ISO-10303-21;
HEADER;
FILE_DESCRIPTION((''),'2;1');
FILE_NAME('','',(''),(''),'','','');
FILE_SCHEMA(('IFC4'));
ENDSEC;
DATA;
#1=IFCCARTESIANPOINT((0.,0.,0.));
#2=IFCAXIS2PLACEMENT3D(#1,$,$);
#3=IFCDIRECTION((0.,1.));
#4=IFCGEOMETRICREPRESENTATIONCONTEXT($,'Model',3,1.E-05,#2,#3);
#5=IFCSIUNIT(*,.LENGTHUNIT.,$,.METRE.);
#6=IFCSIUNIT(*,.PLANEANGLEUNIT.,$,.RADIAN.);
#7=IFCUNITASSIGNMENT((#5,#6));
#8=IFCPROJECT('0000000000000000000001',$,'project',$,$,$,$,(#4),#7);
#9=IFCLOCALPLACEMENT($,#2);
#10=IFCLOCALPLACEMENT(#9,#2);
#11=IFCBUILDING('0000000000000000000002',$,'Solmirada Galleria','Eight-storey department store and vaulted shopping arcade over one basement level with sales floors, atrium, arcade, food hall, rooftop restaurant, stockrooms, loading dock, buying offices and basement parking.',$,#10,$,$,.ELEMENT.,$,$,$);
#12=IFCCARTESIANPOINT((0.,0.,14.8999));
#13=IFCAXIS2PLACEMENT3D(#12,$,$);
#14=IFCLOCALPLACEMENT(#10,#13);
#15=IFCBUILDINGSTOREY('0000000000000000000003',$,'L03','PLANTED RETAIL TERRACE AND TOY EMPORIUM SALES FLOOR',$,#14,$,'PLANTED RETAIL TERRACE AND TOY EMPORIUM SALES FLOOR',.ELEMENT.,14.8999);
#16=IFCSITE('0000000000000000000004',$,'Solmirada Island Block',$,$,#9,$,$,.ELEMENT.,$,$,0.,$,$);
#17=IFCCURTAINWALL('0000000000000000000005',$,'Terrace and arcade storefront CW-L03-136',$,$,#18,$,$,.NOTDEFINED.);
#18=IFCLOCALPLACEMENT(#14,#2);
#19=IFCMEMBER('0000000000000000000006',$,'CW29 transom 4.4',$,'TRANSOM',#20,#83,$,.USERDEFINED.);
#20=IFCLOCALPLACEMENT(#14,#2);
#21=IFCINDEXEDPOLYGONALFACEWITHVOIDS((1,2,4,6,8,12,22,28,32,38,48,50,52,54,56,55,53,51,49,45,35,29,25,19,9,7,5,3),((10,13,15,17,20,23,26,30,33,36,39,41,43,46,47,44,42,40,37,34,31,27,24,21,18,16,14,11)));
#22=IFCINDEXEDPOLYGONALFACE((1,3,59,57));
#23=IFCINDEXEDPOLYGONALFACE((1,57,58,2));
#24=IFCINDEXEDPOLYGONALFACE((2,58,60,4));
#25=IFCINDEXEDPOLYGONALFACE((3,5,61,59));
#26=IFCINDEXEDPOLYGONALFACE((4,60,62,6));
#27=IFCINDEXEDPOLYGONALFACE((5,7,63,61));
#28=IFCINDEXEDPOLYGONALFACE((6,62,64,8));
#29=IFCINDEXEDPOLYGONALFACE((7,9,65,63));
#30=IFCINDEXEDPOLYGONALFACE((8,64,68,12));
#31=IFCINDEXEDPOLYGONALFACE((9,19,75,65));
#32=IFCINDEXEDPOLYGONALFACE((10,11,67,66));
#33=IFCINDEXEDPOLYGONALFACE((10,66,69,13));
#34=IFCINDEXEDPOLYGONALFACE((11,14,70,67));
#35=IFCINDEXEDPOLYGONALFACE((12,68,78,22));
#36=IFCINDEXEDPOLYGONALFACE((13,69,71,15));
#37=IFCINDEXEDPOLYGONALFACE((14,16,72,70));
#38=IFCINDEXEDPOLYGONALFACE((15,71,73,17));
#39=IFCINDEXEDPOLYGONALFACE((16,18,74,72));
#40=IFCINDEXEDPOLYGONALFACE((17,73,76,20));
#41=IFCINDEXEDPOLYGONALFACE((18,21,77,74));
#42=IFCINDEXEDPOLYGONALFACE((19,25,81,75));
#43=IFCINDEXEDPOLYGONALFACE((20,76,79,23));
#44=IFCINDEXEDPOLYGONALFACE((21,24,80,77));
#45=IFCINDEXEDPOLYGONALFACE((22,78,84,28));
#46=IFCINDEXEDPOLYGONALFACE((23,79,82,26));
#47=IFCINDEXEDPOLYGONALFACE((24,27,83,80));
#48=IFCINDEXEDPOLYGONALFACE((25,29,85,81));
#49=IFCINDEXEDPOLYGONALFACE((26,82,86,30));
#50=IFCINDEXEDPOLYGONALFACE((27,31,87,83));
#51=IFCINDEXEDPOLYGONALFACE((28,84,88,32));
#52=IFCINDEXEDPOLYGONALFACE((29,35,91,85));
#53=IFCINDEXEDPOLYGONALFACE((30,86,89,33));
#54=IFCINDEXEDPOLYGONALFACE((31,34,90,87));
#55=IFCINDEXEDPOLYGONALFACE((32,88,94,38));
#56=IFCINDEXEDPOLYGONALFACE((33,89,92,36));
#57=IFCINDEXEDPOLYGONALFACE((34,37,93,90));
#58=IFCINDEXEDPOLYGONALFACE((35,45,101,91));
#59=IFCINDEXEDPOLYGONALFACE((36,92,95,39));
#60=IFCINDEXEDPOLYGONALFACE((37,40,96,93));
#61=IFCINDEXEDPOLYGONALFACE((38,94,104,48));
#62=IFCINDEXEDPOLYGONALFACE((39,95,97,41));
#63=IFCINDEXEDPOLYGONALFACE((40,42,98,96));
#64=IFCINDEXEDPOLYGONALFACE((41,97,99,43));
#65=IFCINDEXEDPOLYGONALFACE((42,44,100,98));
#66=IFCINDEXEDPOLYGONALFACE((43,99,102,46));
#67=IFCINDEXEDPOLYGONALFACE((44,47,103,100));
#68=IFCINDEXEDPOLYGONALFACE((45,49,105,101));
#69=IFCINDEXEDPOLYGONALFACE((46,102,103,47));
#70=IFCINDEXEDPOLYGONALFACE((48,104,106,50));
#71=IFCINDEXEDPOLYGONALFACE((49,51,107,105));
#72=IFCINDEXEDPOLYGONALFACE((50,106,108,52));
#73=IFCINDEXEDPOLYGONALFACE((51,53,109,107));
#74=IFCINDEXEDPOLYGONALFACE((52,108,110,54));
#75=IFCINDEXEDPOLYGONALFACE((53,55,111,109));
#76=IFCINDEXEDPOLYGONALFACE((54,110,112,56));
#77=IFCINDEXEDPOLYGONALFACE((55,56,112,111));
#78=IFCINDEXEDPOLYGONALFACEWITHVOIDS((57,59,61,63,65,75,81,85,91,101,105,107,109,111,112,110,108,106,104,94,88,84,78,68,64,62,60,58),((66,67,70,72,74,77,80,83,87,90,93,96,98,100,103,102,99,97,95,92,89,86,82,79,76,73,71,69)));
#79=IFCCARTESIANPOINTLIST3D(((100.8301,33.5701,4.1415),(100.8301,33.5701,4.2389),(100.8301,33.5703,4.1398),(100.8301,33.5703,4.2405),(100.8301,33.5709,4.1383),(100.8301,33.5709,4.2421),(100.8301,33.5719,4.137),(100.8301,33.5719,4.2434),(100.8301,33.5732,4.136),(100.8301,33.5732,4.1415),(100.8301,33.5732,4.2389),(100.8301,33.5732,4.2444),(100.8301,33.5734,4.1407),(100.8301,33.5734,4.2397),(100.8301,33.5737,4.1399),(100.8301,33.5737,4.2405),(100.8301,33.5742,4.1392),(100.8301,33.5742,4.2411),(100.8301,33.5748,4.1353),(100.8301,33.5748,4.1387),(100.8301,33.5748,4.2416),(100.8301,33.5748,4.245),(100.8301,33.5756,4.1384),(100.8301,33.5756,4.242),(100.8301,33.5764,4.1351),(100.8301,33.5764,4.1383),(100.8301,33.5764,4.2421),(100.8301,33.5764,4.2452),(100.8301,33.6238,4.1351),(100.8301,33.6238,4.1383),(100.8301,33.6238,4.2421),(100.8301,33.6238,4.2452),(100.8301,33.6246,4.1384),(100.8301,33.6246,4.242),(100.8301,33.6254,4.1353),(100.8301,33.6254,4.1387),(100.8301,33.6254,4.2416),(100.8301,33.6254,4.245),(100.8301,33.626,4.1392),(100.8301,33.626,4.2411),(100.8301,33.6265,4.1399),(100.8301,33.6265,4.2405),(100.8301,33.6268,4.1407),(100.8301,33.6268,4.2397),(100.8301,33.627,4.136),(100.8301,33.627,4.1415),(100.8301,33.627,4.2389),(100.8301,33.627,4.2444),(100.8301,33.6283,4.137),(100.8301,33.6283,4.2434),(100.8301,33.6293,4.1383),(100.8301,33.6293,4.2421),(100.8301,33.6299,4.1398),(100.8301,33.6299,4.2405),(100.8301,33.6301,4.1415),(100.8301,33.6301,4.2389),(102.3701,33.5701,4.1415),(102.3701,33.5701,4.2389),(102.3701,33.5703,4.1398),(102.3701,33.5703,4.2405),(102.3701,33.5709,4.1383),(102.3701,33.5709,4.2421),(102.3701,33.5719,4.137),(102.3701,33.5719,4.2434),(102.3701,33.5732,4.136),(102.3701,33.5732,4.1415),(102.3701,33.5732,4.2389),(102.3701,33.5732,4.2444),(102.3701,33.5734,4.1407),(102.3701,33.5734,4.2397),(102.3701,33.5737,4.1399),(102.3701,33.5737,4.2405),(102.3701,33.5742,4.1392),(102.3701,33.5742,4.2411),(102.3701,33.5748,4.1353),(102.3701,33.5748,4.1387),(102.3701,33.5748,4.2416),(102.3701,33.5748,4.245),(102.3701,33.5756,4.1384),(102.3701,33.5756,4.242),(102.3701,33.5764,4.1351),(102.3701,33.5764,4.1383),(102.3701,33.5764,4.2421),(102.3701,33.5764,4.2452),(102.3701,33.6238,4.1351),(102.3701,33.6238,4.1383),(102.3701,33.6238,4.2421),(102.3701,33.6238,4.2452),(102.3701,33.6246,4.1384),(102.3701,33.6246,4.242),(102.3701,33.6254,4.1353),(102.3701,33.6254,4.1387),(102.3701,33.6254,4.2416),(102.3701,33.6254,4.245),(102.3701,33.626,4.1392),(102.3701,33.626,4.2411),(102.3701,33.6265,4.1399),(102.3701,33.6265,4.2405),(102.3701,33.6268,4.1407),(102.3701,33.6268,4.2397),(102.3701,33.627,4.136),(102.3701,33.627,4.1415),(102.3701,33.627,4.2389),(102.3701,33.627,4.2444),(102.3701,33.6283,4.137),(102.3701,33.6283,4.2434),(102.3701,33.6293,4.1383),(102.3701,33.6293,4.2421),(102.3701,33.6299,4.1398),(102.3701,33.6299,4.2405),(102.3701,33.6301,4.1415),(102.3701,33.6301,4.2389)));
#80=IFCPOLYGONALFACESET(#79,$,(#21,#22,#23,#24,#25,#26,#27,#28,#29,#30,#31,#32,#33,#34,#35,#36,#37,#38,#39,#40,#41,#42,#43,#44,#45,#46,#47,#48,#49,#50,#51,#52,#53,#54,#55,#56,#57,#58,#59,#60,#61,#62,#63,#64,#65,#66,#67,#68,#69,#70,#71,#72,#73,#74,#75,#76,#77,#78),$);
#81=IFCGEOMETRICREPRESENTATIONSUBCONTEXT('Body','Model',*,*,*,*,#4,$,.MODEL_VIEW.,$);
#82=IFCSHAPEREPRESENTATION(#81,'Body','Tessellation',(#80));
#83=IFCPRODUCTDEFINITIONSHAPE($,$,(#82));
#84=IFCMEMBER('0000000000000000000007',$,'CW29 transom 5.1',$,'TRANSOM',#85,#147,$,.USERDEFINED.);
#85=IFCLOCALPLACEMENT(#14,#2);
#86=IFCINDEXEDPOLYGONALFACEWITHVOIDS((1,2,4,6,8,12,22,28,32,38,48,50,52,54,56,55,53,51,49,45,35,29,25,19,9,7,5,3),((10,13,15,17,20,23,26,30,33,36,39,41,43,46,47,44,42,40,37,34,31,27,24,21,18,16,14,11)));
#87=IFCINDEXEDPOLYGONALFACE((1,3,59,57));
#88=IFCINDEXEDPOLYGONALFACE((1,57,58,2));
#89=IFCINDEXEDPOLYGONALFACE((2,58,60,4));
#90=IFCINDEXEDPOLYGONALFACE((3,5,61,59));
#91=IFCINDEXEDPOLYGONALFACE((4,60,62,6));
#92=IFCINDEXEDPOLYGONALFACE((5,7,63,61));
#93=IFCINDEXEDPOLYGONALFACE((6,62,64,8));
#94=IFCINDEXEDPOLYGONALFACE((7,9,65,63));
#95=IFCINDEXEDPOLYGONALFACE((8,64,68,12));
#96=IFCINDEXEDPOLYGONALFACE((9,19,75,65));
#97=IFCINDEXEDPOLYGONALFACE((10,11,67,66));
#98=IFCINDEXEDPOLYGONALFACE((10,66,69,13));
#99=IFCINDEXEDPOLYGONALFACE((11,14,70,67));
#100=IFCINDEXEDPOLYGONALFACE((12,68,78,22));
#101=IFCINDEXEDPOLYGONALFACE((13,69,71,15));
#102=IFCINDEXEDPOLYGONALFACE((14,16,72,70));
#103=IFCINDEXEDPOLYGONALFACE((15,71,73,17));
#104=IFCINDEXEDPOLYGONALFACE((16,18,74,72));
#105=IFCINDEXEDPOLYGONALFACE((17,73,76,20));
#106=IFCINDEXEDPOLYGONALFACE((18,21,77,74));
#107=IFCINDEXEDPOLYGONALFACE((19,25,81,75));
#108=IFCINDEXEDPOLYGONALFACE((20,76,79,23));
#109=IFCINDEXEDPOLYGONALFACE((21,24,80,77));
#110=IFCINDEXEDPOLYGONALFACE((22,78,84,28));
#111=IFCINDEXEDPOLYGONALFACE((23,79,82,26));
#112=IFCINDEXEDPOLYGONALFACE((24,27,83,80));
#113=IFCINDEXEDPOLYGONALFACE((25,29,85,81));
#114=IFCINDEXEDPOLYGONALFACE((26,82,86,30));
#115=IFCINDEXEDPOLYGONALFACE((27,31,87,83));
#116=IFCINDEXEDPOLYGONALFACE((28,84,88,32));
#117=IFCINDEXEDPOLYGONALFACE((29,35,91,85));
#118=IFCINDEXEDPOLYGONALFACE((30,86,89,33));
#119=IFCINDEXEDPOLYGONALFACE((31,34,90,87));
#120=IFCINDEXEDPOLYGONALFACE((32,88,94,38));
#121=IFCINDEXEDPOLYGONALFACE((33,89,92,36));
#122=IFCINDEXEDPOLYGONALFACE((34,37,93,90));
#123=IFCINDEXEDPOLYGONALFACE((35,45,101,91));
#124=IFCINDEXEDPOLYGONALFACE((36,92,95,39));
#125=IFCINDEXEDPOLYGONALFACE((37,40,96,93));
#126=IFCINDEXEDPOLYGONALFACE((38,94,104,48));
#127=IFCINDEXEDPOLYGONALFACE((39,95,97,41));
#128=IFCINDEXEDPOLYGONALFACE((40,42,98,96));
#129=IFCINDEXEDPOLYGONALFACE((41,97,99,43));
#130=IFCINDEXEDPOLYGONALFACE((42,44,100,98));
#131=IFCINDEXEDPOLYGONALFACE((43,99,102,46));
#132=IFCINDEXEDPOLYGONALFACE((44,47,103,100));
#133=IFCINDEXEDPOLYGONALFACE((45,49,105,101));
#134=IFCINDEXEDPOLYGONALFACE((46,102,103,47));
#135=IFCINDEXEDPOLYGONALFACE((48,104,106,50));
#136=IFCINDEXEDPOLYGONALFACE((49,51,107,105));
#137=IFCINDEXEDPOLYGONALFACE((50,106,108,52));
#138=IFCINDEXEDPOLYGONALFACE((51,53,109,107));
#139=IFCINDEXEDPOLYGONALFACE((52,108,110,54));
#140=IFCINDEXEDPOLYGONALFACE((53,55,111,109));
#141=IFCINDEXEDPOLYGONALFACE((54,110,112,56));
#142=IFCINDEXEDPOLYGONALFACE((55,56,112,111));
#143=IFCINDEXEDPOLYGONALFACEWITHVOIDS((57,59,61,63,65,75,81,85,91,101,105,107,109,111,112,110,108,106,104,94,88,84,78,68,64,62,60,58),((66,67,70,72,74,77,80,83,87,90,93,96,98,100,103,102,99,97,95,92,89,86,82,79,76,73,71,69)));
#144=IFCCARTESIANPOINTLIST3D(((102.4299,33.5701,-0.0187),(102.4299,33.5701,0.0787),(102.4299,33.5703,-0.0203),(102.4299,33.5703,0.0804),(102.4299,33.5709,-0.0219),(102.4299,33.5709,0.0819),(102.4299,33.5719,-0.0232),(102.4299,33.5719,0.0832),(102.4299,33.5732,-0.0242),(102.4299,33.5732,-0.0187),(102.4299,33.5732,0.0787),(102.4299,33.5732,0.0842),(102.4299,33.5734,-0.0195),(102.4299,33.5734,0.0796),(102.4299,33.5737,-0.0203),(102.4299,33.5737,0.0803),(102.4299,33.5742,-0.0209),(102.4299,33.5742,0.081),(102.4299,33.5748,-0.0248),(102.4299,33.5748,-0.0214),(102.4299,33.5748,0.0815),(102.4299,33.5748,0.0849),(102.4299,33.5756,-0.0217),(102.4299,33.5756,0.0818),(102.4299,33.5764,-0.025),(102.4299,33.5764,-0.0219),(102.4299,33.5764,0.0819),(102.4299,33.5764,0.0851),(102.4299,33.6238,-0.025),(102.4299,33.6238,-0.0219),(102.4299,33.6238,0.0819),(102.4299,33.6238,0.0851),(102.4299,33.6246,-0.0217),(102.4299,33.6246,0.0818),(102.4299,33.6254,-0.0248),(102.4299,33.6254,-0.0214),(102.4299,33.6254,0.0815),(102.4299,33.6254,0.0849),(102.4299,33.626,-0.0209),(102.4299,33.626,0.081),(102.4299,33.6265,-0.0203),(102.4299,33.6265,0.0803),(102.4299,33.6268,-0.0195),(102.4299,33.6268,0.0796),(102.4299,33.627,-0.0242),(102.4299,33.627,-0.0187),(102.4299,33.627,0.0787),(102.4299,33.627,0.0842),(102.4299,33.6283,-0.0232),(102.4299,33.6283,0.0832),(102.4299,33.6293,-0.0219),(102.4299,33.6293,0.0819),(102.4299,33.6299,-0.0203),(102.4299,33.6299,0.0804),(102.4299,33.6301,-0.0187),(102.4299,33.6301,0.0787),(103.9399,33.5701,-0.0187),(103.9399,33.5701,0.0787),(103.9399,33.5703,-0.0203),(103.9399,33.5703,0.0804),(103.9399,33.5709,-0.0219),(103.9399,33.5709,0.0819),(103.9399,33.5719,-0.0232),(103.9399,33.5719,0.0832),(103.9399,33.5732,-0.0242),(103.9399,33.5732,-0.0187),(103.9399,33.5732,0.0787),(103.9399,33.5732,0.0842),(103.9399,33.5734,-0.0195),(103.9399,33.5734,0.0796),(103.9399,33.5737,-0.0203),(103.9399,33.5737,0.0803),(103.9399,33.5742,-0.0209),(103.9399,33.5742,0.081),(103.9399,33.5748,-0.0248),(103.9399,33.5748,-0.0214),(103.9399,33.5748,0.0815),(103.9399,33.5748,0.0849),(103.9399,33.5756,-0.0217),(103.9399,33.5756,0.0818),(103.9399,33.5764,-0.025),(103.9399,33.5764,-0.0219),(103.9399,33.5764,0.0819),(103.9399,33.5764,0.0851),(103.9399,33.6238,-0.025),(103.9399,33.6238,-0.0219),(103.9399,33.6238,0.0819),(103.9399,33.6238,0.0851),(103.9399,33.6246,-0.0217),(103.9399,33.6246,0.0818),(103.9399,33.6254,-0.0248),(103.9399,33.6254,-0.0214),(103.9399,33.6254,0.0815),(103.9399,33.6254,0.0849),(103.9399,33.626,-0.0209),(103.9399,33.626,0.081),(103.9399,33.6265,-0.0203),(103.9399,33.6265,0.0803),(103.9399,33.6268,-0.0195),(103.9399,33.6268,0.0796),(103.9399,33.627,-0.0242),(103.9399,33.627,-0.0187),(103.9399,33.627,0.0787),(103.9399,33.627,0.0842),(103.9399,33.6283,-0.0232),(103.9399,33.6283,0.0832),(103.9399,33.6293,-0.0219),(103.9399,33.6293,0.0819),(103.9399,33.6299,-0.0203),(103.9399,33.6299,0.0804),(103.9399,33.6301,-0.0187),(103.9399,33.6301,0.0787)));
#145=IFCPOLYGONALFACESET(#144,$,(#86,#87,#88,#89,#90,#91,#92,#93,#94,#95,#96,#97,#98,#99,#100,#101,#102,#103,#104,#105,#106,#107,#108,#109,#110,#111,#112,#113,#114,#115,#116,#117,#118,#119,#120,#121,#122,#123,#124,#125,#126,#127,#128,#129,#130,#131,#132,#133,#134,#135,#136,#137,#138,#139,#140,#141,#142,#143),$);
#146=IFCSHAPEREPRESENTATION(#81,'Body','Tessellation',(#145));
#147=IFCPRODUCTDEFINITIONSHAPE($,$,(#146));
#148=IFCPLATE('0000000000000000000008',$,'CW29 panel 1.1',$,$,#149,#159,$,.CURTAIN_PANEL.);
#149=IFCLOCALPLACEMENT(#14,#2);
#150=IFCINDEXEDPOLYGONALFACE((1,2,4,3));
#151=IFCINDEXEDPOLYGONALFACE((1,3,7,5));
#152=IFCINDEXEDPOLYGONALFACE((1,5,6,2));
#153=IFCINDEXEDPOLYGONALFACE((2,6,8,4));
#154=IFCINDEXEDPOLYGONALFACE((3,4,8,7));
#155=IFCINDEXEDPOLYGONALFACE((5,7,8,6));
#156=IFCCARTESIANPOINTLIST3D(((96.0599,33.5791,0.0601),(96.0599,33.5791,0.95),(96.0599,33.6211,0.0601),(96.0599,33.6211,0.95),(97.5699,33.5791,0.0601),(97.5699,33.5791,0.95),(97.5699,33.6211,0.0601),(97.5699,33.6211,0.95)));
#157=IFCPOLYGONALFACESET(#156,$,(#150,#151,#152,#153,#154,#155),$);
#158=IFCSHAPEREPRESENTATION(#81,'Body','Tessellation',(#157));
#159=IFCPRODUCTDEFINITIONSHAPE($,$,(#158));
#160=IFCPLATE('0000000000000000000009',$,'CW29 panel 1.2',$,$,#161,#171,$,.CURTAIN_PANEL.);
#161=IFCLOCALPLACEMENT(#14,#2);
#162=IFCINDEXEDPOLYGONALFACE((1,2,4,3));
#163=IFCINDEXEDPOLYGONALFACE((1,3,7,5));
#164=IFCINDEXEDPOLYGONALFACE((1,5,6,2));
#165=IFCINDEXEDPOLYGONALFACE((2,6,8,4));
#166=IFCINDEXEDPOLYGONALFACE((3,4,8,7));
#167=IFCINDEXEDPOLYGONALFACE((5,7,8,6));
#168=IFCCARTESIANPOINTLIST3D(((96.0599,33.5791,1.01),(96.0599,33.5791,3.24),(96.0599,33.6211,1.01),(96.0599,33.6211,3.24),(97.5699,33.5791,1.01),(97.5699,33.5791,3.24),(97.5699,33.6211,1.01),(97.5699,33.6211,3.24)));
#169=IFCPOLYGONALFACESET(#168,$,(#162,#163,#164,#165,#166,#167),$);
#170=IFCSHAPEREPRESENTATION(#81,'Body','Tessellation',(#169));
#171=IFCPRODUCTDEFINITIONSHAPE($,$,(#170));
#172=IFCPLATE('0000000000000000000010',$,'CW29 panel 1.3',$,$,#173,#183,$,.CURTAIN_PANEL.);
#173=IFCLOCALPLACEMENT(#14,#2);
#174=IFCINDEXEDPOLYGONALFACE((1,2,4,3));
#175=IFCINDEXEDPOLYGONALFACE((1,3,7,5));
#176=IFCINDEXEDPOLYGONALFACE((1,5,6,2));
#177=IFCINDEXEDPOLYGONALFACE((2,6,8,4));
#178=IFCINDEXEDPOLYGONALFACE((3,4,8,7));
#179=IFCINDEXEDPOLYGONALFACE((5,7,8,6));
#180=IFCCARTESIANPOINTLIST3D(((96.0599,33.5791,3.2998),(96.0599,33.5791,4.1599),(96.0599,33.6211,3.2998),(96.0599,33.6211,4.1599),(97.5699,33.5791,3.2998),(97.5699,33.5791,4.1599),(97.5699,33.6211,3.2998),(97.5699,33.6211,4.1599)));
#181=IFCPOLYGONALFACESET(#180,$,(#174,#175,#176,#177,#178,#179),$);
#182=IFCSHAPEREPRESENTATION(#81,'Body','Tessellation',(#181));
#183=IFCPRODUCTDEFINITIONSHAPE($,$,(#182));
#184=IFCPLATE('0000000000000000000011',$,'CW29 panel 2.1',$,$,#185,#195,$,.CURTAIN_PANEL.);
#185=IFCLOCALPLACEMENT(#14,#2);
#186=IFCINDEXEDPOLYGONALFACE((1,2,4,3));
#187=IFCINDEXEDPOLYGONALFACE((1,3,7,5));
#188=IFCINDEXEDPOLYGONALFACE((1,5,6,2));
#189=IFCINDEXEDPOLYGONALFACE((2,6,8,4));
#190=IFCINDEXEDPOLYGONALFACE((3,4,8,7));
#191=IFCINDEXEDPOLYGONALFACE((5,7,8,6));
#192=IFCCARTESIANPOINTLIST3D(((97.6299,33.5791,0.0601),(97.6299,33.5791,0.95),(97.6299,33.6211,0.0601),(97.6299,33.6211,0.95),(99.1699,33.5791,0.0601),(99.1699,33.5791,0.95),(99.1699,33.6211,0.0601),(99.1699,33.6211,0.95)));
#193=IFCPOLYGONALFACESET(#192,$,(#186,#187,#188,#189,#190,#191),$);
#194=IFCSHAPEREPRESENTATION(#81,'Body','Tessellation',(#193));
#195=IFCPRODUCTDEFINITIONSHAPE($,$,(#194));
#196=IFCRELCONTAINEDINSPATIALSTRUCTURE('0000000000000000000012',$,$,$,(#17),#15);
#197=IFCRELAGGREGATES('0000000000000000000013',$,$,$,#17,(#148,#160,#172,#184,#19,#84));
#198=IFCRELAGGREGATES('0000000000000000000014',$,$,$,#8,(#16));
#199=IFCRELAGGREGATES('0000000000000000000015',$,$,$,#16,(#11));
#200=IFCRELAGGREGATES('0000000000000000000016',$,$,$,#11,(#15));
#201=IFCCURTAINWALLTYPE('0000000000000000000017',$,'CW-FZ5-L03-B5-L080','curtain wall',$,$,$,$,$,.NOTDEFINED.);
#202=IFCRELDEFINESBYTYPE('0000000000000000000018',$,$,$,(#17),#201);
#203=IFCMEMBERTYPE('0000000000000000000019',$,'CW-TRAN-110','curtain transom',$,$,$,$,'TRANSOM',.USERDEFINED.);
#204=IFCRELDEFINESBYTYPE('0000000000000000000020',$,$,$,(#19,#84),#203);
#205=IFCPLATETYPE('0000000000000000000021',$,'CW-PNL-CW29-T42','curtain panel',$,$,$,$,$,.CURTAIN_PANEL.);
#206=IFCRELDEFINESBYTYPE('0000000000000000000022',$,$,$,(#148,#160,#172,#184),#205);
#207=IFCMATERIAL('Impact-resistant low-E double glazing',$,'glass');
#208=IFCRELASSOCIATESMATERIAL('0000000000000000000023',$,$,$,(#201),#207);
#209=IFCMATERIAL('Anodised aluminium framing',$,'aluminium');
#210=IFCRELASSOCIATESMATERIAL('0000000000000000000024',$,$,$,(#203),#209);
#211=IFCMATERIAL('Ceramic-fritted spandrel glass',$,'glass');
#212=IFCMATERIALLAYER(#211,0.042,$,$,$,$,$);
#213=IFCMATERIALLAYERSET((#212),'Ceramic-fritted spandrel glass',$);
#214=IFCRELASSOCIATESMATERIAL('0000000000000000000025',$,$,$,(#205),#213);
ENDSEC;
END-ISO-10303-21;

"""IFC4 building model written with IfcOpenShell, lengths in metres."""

from ifc_helpers import new_model, si_unit, direction, frame, origin, origin_2d, place, context, subcontext, project, spatial, rectangle, hollow_rectangle, extrude, material, layer, layer_set, material_profile, profile_set, type_object, element, aggregate, save


model = new_model("IFC4")

# Units and contexts
model_context = context("Model", 3, precision=1e-05, world=origin(), true_north=direction((0.0, 1.0)))
body_context = subcontext(model_context, "Body", "Model", "MODEL_VIEW")
ifc_project = project(units=[si_unit("LENGTHUNIT", "METRE"), si_unit("PLANEANGLEUNIT", "RADIAN")], contexts=[model_context])

# Site, building, storey
site_placement = place(None, origin())
site = spatial("IfcSite", under=ifc_project, at=site_placement, Name="Solmirada Island Block", CompositionType="ELEMENT", RefElevation=0.0)
building_placement = place(site_placement, origin())
building = spatial("IfcBuilding", under=site, at=building_placement, Name="Solmirada Galleria", Description="Eight-storey department store and vaulted shopping arcade over one basement level with sales floors, atrium, arcade, food hall, rooftop restaurant, stockrooms, loading dock, buying offices and basement parking.", CompositionType="ELEMENT")
storey_placement = place(building_placement, frame((0.0, 0.0, 14.8999)))
storey = spatial("IfcBuildingStorey", under=building, at=storey_placement, Name="L03", Description="PLANTED RETAIL TERRACE AND TOY EMPORIUM SALES FLOOR", LongName="PLANTED RETAIL TERRACE AND TOY EMPORIUM SALES FLOOR", CompositionType="ELEMENT", Elevation=14.8999)

# Curtain wall, members, plates
ifc_material_1 = material(Name="Impact-resistant low-E double glazing", Category="glass")
curtain_wall_type = type_object("IfcCurtainWallType", Name="CW-FZ5-L03-B5-L080", Description="curtain wall", PredefinedType="NOTDEFINED", material=ifc_material_1)
curtain_wall_placement = place(storey_placement, origin())
curtain_wall = element("IfcCurtainWall", 1, at=curtain_wall_placement, inside=storey, type_object=curtain_wall_type, Name="Terrace and arcade storefront CW-L03-136", PredefinedType="NOTDEFINED")
ifc_material_2 = material(Name="Anodised aluminium framing", Category="aluminium")
ifc_material_profile_1 = material_profile(ifc_material_2, hollow_rectangle(XDim=0.0601, YDim=0.1101, WallThickness=0.0032, InnerFilletRadius=0.0032, OuterFilletRadius=0.0063, at=origin_2d()), Name="ALU-TRAN-110X60")
ifc_profile_set_1 = profile_set([ifc_material_profile_1], Name="Anodised aluminium framing")
member_type_1 = type_object("IfcMemberType", Name="CW-TRAN-110", Description="curtain transom", ElementType="TRANSOM", PredefinedType="USERDEFINED", material=ifc_profile_set_1)
member_1_placement = place(storey_placement, frame((100.8301, 33.6001, 4.1902), z_axis=(1.0, 0.0, 0.0), x_axis=(0.0, 1.0, 0.0)))
member_1 = element("IfcMember", 2, at=member_1_placement, type_object=member_type_1, Name="CW29 transom 4.4", ObjectType="TRANSOM", PredefinedType="USERDEFINED", context=body_context, shape_type="SweptSolid", body=[
    extrude(hollow_rectangle(XDim=0.0601, YDim=0.1101, WallThickness=0.0032, InnerFilletRadius=0.0032, OuterFilletRadius=0.0063, at=origin_2d()), origin(), (0.0, 0.0, 1.0), 1.54),
])
member_2_placement = place(storey_placement, frame((102.4299, 33.6001, 0.03), z_axis=(1.0, 0.0, 0.0), x_axis=(0.0, 1.0, 0.0)))
member_2 = element("IfcMember", 3, at=member_2_placement, type_object=member_type_1, Name="CW29 transom 5.1", ObjectType="TRANSOM", PredefinedType="USERDEFINED", context=body_context, shape_type="SweptSolid", body=[
    extrude(hollow_rectangle(XDim=0.0601, YDim=0.1101, WallThickness=0.0032, InnerFilletRadius=0.0032, OuterFilletRadius=0.0063, at=origin_2d()), origin(), (0.0, 0.0, 1.0), 1.51),
])
ifc_material_3 = material(Name="Ceramic-fritted spandrel glass", Category="glass")
ifc_layer = layer(ifc_material_3, 0.042)
ifc_layer_set = layer_set([ifc_layer], Name="Ceramic-fritted spandrel glass")
plate_type = type_object("IfcPlateType", Name="CW-PNL-CW29-T42", Description="curtain panel", PredefinedType="CURTAIN_PANEL", material=ifc_layer_set)
plate_1_placement = place(storey_placement, frame((96.8149, 33.6001, 0.0601), z_axis=(0.0, 0.0, 1.0), x_axis=(1.0, 0.0, 0.0)))
plate_1 = element("IfcPlate", 4, at=plate_1_placement, type_object=plate_type, Name="CW29 panel 1.1", PredefinedType="CURTAIN_PANEL", context=body_context, shape_type="SweptSolid", body=[
    extrude(rectangle(XDim=1.51, YDim=0.042, at=origin_2d()), origin(), (0.0, 0.0, 1.0), 0.8899),
])
plate_2_placement = place(storey_placement, frame((96.8149, 33.6001, 1.01), z_axis=(0.0, 0.0, 1.0), x_axis=(1.0, 0.0, 0.0)))
plate_2 = element("IfcPlate", 5, at=plate_2_placement, type_object=plate_type, Name="CW29 panel 1.2", PredefinedType="CURTAIN_PANEL", context=body_context, shape_type="SweptSolid", body=[
    extrude(rectangle(XDim=1.51, YDim=0.042, at=origin_2d()), origin(), (0.0, 0.0, 1.0), 2.23),
])
plate_3_placement = place(storey_placement, frame((96.8149, 33.6001, 3.2998), z_axis=(0.0, 0.0, 1.0), x_axis=(1.0, 0.0, 0.0)))
plate_3 = element("IfcPlate", 6, at=plate_3_placement, type_object=plate_type, Name="CW29 panel 1.3", PredefinedType="CURTAIN_PANEL", context=body_context, shape_type="SweptSolid", body=[
    extrude(rectangle(XDim=1.51, YDim=0.042, at=origin_2d()), origin(), (0.0, 0.0, 1.0), 0.8601),
])
plate_4_placement = place(storey_placement, frame((98.3999, 33.6001, 0.0601), z_axis=(0.0, 0.0, 1.0), x_axis=(1.0, 0.0, 0.0)))
plate_4 = element("IfcPlate", 7, at=plate_4_placement, type_object=plate_type, Name="CW29 panel 2.1", PredefinedType="CURTAIN_PANEL", context=body_context, shape_type="SweptSolid", body=[
    extrude(rectangle(XDim=1.54, YDim=0.042, at=origin_2d()), origin(), (0.0, 0.0, 1.0), 0.8899),
])
aggregate(curtain_wall, [plate_1, plate_2, plate_3, plate_4, member_1, member_2])

save(model, "model.ifc")
